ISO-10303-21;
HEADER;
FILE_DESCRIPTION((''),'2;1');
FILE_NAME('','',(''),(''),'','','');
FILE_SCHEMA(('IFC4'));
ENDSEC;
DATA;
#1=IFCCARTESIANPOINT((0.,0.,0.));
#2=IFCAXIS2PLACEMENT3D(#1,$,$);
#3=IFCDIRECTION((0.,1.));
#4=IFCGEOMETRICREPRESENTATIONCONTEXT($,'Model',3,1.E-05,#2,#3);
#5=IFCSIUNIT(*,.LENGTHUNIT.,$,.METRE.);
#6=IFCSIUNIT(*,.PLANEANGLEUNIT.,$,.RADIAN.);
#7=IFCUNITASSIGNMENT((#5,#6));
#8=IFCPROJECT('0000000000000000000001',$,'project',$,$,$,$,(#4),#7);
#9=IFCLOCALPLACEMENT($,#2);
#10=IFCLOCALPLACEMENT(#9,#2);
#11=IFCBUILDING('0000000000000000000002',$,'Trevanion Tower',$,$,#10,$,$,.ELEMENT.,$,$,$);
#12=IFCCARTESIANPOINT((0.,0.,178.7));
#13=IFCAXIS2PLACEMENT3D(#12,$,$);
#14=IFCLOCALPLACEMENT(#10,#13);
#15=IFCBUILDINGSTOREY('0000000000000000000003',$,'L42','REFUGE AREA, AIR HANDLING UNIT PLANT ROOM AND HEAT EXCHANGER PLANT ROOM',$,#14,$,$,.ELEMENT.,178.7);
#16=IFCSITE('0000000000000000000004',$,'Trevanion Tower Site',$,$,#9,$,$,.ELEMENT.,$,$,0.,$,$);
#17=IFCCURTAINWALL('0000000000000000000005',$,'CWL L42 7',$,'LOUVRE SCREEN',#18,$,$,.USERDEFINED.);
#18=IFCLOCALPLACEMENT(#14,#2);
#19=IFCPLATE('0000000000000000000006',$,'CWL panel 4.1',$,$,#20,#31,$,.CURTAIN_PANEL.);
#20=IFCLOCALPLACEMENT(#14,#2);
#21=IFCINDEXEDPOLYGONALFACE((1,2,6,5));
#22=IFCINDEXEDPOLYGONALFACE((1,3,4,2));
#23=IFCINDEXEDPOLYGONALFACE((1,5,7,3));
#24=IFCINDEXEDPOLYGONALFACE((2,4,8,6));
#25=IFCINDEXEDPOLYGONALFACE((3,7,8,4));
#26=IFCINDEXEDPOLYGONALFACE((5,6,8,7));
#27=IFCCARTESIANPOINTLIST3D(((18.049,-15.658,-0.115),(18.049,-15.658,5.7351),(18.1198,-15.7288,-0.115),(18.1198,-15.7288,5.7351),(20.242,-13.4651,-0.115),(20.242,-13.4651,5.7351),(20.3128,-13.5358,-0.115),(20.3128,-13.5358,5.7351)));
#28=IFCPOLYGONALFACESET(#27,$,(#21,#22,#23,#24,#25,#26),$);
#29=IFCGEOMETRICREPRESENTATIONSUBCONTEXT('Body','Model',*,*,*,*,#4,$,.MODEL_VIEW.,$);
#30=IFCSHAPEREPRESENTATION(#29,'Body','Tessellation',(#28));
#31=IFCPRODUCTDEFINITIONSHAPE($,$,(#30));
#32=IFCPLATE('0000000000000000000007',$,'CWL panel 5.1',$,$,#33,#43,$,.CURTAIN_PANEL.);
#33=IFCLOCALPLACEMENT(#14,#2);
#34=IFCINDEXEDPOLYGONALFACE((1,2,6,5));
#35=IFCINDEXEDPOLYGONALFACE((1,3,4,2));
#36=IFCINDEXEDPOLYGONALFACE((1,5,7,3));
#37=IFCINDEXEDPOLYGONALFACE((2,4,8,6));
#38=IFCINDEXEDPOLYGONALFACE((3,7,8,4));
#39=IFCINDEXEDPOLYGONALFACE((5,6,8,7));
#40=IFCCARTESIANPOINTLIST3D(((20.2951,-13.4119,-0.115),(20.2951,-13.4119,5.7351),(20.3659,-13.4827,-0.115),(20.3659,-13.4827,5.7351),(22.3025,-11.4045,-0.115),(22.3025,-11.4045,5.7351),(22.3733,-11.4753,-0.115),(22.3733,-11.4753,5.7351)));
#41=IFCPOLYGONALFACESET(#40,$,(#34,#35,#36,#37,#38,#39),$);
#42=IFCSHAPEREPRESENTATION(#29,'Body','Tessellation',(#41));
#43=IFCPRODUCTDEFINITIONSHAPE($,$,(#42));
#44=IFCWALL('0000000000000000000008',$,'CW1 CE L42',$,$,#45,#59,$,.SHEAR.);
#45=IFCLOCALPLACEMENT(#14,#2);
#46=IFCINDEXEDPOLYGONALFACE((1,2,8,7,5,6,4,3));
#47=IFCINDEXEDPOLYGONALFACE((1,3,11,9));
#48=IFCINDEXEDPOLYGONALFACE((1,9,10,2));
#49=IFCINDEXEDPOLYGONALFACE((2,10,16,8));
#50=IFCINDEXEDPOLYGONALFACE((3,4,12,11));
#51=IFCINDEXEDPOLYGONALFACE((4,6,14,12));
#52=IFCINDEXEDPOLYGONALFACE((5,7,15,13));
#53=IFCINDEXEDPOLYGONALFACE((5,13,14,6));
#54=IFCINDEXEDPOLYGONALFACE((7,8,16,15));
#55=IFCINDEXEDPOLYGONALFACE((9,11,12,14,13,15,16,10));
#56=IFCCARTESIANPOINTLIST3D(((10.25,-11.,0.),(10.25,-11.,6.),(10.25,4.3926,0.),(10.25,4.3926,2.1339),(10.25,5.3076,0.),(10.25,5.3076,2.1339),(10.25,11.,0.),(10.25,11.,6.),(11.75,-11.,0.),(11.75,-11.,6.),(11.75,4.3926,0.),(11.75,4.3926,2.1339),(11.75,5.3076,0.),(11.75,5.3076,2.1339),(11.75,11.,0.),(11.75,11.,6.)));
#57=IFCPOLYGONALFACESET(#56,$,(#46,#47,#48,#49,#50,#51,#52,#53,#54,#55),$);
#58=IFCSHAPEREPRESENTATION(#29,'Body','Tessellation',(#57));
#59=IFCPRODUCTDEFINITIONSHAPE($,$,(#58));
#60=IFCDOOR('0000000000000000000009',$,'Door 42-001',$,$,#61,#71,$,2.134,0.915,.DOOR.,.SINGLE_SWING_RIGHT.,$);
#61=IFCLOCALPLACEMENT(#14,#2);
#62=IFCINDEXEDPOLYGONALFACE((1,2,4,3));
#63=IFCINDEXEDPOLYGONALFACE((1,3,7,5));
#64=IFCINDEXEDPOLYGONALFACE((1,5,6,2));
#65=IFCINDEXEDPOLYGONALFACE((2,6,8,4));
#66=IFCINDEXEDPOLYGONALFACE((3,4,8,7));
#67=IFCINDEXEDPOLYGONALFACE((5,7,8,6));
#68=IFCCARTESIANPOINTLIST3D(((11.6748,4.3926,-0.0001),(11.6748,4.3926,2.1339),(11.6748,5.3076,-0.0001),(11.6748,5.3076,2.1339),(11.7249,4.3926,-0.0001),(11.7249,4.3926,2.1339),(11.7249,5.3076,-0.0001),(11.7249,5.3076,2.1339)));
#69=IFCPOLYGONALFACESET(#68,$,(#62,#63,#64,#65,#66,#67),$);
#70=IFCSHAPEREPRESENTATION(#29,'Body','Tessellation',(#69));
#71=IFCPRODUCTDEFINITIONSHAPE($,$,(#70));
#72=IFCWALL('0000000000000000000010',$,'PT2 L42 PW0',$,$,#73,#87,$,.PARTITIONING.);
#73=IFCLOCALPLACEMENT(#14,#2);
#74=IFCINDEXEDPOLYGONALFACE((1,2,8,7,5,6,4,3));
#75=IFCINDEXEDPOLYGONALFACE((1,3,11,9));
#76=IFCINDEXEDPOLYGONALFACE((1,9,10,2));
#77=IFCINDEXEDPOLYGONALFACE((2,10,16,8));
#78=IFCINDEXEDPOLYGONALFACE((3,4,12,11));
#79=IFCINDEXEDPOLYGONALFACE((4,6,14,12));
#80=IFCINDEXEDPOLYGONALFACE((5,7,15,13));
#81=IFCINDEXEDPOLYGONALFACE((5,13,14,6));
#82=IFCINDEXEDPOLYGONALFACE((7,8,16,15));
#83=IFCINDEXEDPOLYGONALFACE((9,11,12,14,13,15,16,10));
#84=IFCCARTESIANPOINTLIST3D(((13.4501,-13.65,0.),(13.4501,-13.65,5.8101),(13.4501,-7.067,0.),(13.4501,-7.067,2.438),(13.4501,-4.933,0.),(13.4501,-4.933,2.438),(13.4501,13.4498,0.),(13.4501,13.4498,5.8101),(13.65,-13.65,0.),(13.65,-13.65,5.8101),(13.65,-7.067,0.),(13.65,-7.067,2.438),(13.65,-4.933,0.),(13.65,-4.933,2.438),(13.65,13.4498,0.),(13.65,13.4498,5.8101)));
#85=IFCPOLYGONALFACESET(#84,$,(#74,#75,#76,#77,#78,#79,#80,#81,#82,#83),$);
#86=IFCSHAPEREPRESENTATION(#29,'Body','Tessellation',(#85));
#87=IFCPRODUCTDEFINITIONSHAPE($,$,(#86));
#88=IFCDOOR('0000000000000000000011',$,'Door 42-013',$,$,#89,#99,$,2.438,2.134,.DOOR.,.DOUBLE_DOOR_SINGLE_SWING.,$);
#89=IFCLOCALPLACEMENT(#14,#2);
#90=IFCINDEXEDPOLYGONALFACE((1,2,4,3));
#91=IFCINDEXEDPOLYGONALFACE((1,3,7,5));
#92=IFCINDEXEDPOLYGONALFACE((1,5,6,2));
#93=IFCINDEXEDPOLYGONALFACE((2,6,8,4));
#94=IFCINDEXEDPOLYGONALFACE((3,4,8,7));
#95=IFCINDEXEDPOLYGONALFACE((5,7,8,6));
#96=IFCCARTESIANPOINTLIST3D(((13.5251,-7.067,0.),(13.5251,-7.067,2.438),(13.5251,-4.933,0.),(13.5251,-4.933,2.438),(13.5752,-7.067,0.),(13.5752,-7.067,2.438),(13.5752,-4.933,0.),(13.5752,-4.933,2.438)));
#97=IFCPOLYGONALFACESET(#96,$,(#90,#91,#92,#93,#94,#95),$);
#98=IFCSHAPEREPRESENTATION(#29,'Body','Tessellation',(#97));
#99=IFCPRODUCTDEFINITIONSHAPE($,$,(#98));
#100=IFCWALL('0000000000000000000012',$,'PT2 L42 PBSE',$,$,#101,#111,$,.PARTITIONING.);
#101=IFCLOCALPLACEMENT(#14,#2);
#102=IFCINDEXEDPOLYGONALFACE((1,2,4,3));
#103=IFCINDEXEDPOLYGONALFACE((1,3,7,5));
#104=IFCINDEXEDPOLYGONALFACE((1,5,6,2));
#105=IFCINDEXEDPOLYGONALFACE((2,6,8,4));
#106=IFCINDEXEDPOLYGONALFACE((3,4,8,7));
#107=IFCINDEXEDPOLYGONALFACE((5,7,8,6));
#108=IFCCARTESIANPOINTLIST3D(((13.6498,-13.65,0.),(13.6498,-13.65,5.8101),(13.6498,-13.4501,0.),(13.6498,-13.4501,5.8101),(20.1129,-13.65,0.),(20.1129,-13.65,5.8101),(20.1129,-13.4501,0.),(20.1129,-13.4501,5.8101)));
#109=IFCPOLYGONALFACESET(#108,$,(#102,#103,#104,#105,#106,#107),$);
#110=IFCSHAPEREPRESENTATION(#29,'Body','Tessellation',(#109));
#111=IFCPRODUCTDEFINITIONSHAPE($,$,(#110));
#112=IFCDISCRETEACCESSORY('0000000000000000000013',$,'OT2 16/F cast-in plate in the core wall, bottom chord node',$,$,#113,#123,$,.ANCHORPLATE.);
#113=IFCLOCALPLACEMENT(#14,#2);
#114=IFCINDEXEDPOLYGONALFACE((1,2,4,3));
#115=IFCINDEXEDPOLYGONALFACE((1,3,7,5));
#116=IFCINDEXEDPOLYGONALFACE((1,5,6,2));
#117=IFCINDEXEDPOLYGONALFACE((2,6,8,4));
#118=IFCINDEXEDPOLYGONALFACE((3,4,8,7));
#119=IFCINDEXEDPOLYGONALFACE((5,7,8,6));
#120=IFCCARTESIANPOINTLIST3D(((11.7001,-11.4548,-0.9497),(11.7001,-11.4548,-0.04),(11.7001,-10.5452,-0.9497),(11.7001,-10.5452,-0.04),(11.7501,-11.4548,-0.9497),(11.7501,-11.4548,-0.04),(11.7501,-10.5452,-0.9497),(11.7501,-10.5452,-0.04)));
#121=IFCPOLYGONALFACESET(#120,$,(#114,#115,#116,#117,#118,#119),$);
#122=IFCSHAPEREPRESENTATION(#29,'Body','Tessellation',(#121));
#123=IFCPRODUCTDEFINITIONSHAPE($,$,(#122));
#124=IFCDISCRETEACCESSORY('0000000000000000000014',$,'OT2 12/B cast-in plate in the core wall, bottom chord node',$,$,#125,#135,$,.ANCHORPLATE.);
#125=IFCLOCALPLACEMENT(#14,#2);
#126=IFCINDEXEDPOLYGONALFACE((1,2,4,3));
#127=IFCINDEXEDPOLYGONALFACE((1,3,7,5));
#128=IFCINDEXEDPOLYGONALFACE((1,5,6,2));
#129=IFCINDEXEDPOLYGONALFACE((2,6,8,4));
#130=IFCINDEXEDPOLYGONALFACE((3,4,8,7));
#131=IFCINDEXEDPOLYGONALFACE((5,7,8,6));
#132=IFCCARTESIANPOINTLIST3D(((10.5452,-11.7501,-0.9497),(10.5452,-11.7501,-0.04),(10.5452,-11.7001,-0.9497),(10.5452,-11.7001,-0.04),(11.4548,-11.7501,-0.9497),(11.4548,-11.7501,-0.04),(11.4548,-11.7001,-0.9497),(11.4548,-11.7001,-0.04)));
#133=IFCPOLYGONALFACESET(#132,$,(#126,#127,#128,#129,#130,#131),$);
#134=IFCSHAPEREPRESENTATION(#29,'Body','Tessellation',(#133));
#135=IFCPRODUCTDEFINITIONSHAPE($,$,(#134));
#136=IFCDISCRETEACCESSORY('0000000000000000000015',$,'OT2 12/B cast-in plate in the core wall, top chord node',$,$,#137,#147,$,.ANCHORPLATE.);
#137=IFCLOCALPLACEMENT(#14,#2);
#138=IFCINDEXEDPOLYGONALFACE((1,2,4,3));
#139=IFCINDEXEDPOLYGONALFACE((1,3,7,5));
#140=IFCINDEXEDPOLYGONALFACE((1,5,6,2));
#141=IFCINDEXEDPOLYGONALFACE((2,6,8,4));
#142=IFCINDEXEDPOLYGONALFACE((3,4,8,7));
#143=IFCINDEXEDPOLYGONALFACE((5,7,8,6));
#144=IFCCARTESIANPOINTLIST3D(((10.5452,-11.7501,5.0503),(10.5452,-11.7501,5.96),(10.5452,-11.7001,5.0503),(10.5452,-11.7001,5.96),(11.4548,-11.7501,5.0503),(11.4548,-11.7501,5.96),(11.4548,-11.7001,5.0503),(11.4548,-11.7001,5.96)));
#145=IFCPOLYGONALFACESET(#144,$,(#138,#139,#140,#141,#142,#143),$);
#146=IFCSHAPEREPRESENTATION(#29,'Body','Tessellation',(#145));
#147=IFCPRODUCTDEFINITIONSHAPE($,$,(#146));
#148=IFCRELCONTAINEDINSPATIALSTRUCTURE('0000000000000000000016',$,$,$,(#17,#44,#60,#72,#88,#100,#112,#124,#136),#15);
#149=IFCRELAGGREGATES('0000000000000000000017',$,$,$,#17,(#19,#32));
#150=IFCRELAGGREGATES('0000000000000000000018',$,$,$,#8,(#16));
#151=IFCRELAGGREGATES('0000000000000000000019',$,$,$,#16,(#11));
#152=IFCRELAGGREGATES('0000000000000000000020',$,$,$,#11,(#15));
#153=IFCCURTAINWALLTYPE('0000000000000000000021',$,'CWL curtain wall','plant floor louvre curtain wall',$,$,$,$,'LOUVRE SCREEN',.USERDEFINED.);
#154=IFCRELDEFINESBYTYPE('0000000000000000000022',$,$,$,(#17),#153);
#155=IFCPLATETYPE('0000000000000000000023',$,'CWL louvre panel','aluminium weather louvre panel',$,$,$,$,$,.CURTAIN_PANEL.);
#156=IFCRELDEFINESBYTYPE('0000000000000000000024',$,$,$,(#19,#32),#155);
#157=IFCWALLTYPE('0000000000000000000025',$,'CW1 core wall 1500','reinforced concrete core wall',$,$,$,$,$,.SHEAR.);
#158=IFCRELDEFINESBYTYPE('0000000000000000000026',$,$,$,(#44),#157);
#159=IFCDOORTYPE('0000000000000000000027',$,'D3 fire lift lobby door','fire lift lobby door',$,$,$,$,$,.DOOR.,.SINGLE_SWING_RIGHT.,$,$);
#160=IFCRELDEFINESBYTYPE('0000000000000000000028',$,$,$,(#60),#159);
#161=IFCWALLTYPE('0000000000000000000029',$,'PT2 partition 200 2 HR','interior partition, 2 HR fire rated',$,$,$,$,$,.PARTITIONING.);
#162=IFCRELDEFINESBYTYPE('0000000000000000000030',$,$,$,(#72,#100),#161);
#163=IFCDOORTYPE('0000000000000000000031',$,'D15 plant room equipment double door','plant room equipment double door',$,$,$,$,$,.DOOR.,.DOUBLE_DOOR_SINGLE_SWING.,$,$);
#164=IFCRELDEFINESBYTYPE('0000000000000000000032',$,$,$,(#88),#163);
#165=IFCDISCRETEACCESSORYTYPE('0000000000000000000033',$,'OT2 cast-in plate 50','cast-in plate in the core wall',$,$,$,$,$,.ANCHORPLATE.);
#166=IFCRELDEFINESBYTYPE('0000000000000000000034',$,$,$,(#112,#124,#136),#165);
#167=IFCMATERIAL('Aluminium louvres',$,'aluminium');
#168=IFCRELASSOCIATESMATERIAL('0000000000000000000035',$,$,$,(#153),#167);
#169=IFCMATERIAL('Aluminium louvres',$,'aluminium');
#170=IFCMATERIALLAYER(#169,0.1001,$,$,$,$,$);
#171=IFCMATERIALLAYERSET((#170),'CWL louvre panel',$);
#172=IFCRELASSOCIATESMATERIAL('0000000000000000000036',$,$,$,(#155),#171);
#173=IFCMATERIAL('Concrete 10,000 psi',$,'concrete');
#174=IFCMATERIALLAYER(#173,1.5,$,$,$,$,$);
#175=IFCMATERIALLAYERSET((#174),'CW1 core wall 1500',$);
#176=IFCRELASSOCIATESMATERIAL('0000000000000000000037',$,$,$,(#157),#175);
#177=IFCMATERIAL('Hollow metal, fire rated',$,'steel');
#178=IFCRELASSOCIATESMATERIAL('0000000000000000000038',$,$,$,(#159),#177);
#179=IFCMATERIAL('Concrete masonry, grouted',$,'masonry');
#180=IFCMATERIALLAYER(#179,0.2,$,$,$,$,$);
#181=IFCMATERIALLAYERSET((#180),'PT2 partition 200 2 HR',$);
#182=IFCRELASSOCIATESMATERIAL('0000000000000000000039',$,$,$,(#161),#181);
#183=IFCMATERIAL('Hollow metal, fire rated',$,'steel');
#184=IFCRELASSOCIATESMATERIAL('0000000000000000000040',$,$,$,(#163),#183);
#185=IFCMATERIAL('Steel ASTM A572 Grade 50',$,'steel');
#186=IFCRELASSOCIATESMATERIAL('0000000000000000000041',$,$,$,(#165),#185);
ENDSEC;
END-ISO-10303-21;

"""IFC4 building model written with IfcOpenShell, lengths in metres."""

from ifc_helpers import new_model, si_unit, direction, frame, frame_2d, origin, origin_2d, place, context, subcontext, project, spatial, rectangle, extrude, material, layer, layer_set, type_object, element, fill, aggregate, save


model = new_model("IFC4")

# Units and contexts
model_context = context("Model", 3, precision=1e-05, world=origin(), true_north=direction((0.0, 1.0)))
body_context = subcontext(model_context, "Body", "Model", "MODEL_VIEW")
ifc_project = project(units=[si_unit("LENGTHUNIT", "METRE"), si_unit("PLANEANGLEUNIT", "RADIAN")], contexts=[model_context])

# Site, building, storey
site_placement = place(None, origin())
site = spatial("IfcSite", under=ifc_project, at=site_placement, Name="Trevanion Tower Site", CompositionType="ELEMENT", RefElevation=0.0)
building_placement = place(site_placement, origin())
building = spatial("IfcBuilding", under=site, at=building_placement, Name="Trevanion Tower", CompositionType="ELEMENT")
storey_placement = place(building_placement, frame((0.0, 0.0, 178.7)))
storey = spatial("IfcBuildingStorey", under=building, at=storey_placement, Name="L42", Description="REFUGE AREA, AIR HANDLING UNIT PLANT ROOM AND HEAT EXCHANGER PLANT ROOM", CompositionType="ELEMENT", Elevation=178.7)

# Curtain wall
ifc_material_1 = material(Name="Aluminium louvres", Category="aluminium")
curtain_wall_type = type_object("IfcCurtainWallType", Name="CWL curtain wall", Description="plant floor louvre curtain wall", ElementType="LOUVRE SCREEN", PredefinedType="USERDEFINED", material=ifc_material_1)
curtain_wall_1_placement = place(storey_placement, origin())
curtain_wall_1 = element("IfcCurtainWall", 1, at=curtain_wall_1_placement, inside=storey, type_object=curtain_wall_type, Name="CWL L42 7", ObjectType="LOUVRE SCREEN", PredefinedType="USERDEFINED")

# Plates
ifc_material_2 = material(Name="Aluminium louvres", Category="aluminium")
ifc_layer_1 = layer(ifc_material_2, 0.1001)
ifc_layer_set_1 = layer_set([ifc_layer_1], Name="CWL louvre panel")
plate_type = type_object("IfcPlateType", Name="CWL louvre panel", Description="aluminium weather louvre panel", PredefinedType="CURTAIN_PANEL", material=ifc_layer_set_1)
plate_1_placement = place(storey_placement, frame((19.1809, -14.5969, -0.115), z_axis=(0.0, 0.0, 1.0), x_axis=(0.707107, 0.707107, 0.0)))
plate_1 = element("IfcPlate", 2, at=plate_1_placement, type_object=plate_type, Name="CWL panel 4.1", PredefinedType="CURTAIN_PANEL", context=body_context, shape_type="SweptSolid", body=[
    extrude(rectangle(XDim=3.1013, YDim=0.1001, at=origin_2d()), origin(), (0.0, 0.0, 1.0), 5.8501),
])
plate_2_placement = place(storey_placement, frame((21.3342, -12.4436, -0.115), z_axis=(0.0, 0.0, 1.0), x_axis=(0.707107, 0.707107, 0.0)))
plate_2 = element("IfcPlate", 3, at=plate_2_placement, type_object=plate_type, Name="CWL panel 5.1", PredefinedType="CURTAIN_PANEL", context=body_context, shape_type="SweptSolid", body=[
    extrude(rectangle(XDim=2.8389, YDim=0.1001, at=origin_2d()), origin(), (0.0, 0.0, 1.0), 5.8501),
])
aggregate(curtain_wall_1, [plate_1, plate_2])

# Walls, openings, doors
ifc_material_3 = material(Name="Concrete 10,000 psi", Category="concrete")
ifc_layer_2 = layer(ifc_material_3, 1.5)
ifc_layer_set_2 = layer_set([ifc_layer_2], Name="CW1 core wall 1500")
wall_type_1 = type_object("IfcWallType", Name="CW1 core wall 1500", Description="reinforced concrete core wall", PredefinedType="SHEAR", material=ifc_layer_set_2)
wall_1_placement = place(storey_placement, frame((11.0, -11.0, 0.0), z_axis=(0.0, 0.0, 1.0), x_axis=(0.0, 1.0, 0.0)))
wall_1 = element("IfcWall", 4, at=wall_1_placement, inside=storey, type_object=wall_type_1, Name="CW1 CE L42", PredefinedType="SHEAR", context=body_context, shape_type="SweptSolid", body=[
    extrude(rectangle(XDim=22.0, YDim=1.5, at=frame_2d((11.0, 0.0))), origin(), (0.0, 0.0, 1.0), 6.0),
])
opening_1_placement = place(wall_1_placement, frame((15.3926, 0.0, 0.0)))
opening_1 = element("IfcOpeningElement", 5, at=opening_1_placement, cuts=wall_1, PredefinedType="OPENING", context=body_context, shape_type="SweptSolid", body=[
    extrude(rectangle(XDim=0.915, YDim=2.134, at=frame_2d((0.4575, 1.0669))), frame((0.0, 0.76, 0.0), z_axis=(0.0, -1.0, 0.0), x_axis=(1.0, 0.0, 0.0)), (0.0, 0.0, 1.0), 1.52),
])
ifc_material_4 = material(Name="Hollow metal, fire rated", Category="steel")
door_type_1 = type_object("IfcDoorType", Name="D3 fire lift lobby door", Description="fire lift lobby door", OperationType="SINGLE_SWING_RIGHT", PredefinedType="DOOR", material=ifc_material_4)
door_1_placement = place(opening_1_placement, origin())
door_1 = element("IfcDoor", 6, at=door_1_placement, inside=storey, type_object=door_type_1, Name="Door 42-001", OperationType="SINGLE_SWING_RIGHT", OverallHeight=2.134, OverallWidth=0.915, PredefinedType="DOOR", context=body_context, shape_type="SweptSolid", body=[
    extrude(rectangle(XDim=0.915, YDim=2.134, at=frame_2d((0.4575, 1.0669))), frame((0.0, -0.6748, 0.0), z_axis=(0.0, -1.0, 0.0), x_axis=(1.0, 0.0, 0.0)), (0.0, 0.0, 1.0), 0.05),
])
fill(opening_1, door_1)
ifc_material_5 = material(Name="Concrete masonry, grouted", Category="masonry")
ifc_layer_3 = layer(ifc_material_5, 0.2)
ifc_layer_set_3 = layer_set([ifc_layer_3], Name="PT2 partition 200 2 HR")
wall_type_2 = type_object("IfcWallType", Name="PT2 partition 200 2 HR", Description="interior partition, 2 HR fire rated", PredefinedType="PARTITIONING", material=ifc_layer_set_3)
wall_2_placement = place(storey_placement, frame((13.55, -13.6499, 0.0), z_axis=(0.0, 0.0, 1.0), x_axis=(0.0, 1.0, 0.0)))
wall_2 = element("IfcWall", 7, at=wall_2_placement, inside=storey, type_object=wall_type_2, Name="PT2 L42 PW0", PredefinedType="PARTITIONING", context=body_context, shape_type="SweptSolid", body=[
    extrude(rectangle(XDim=27.0999, YDim=0.2, at=frame_2d((13.5498, 0.0))), origin(), (0.0, 0.0, 1.0), 5.8101),
])
opening_2_placement = place(wall_2_placement, frame((6.583, 0.0, 0.0)))
opening_2 = element("IfcOpeningElement", 8, at=opening_2_placement, cuts=wall_2, PredefinedType="OPENING", context=body_context, shape_type="SweptSolid", body=[
    extrude(rectangle(XDim=2.134, YDim=2.438, at=frame_2d((1.0669, 1.219))), frame((0.0, 0.1099, 0.0), z_axis=(0.0, -1.0, 0.0), x_axis=(1.0, 0.0, 0.0)), (0.0, 0.0, 1.0), 0.22),
])
ifc_material_6 = material(Name="Hollow metal, fire rated", Category="steel")
door_type_2 = type_object("IfcDoorType", Name="D15 plant room equipment double door", Description="plant room equipment double door", OperationType="DOUBLE_DOOR_SINGLE_SWING", PredefinedType="DOOR", material=ifc_material_6)
door_2_placement = place(opening_2_placement, origin())
door_2 = element("IfcDoor", 9, at=door_2_placement, inside=storey, type_object=door_type_2, Name="Door 42-013", OperationType="DOUBLE_DOOR_SINGLE_SWING", OverallHeight=2.438, OverallWidth=2.134, PredefinedType="DOOR", context=body_context, shape_type="SweptSolid", body=[
    extrude(rectangle(XDim=2.134, YDim=2.438, at=frame_2d((1.0669, 1.219))), frame((0.0, 0.0249, 0.0), z_axis=(0.0, -1.0, 0.0), x_axis=(1.0, 0.0, 0.0)), (0.0, 0.0, 1.0), 0.05),
])
fill(opening_2, door_2)

# Wall
wall_3_placement = place(storey_placement, frame((13.6499, -13.55, 0.0), z_axis=(0.0, 0.0, 1.0), x_axis=(1.0, 0.0, 0.0)))
element("IfcWall", 10, at=wall_3_placement, inside=storey, type_object=wall_type_2, Name="PT2 L42 PBSE", PredefinedType="PARTITIONING", context=body_context, shape_type="SweptSolid", body=[
    extrude(rectangle(XDim=6.4631, YDim=0.2, at=frame_2d((3.2314, 0.0))), origin(), (0.0, 0.0, 1.0), 5.8101),
])

# Discrete accessories
ifc_material_7 = material(Name="Steel ASTM A572 Grade 50", Category="steel")
discrete_accessory_type = type_object("IfcDiscreteAccessoryType", Name="OT2 cast-in plate 50", Description="cast-in plate in the core wall", PredefinedType="ANCHORPLATE", material=ifc_material_7)
for number, where, z_axis, x_axis, name in (
    (11, (11.7251, -11.0, -0.9497), (0.0, 0.0, 1.0), (1.0, 0.0, 0.0), "OT2 16/F cast-in plate in the core wall, bottom chord node"),
    (12, (11.0, -11.7251, -0.9497), (0.0, 0.0, 1.0), (0.0, -1.0, 0.0), "OT2 12/B cast-in plate in the core wall, bottom chord node"),
    (13, (11.0, -11.7251, 5.0503), (0.0, 0.0, 1.0), (0.0, -1.0, 0.0), "OT2 12/B cast-in plate in the core wall, top chord node"),
):
    element("IfcDiscreteAccessory", number, at=place(storey_placement, frame(where, z_axis=z_axis, x_axis=x_axis)), inside=storey, type_object=discrete_accessory_type, Name=name, PredefinedType="ANCHORPLATE", context=body_context, shape_type="SweptSolid", body=[
        extrude(rectangle(XDim=0.05, YDim=0.9097, at=origin_2d()), origin(), (0.0, 0.0, 1.0), 0.9097),
    ])

save(model, "model.ifc")
